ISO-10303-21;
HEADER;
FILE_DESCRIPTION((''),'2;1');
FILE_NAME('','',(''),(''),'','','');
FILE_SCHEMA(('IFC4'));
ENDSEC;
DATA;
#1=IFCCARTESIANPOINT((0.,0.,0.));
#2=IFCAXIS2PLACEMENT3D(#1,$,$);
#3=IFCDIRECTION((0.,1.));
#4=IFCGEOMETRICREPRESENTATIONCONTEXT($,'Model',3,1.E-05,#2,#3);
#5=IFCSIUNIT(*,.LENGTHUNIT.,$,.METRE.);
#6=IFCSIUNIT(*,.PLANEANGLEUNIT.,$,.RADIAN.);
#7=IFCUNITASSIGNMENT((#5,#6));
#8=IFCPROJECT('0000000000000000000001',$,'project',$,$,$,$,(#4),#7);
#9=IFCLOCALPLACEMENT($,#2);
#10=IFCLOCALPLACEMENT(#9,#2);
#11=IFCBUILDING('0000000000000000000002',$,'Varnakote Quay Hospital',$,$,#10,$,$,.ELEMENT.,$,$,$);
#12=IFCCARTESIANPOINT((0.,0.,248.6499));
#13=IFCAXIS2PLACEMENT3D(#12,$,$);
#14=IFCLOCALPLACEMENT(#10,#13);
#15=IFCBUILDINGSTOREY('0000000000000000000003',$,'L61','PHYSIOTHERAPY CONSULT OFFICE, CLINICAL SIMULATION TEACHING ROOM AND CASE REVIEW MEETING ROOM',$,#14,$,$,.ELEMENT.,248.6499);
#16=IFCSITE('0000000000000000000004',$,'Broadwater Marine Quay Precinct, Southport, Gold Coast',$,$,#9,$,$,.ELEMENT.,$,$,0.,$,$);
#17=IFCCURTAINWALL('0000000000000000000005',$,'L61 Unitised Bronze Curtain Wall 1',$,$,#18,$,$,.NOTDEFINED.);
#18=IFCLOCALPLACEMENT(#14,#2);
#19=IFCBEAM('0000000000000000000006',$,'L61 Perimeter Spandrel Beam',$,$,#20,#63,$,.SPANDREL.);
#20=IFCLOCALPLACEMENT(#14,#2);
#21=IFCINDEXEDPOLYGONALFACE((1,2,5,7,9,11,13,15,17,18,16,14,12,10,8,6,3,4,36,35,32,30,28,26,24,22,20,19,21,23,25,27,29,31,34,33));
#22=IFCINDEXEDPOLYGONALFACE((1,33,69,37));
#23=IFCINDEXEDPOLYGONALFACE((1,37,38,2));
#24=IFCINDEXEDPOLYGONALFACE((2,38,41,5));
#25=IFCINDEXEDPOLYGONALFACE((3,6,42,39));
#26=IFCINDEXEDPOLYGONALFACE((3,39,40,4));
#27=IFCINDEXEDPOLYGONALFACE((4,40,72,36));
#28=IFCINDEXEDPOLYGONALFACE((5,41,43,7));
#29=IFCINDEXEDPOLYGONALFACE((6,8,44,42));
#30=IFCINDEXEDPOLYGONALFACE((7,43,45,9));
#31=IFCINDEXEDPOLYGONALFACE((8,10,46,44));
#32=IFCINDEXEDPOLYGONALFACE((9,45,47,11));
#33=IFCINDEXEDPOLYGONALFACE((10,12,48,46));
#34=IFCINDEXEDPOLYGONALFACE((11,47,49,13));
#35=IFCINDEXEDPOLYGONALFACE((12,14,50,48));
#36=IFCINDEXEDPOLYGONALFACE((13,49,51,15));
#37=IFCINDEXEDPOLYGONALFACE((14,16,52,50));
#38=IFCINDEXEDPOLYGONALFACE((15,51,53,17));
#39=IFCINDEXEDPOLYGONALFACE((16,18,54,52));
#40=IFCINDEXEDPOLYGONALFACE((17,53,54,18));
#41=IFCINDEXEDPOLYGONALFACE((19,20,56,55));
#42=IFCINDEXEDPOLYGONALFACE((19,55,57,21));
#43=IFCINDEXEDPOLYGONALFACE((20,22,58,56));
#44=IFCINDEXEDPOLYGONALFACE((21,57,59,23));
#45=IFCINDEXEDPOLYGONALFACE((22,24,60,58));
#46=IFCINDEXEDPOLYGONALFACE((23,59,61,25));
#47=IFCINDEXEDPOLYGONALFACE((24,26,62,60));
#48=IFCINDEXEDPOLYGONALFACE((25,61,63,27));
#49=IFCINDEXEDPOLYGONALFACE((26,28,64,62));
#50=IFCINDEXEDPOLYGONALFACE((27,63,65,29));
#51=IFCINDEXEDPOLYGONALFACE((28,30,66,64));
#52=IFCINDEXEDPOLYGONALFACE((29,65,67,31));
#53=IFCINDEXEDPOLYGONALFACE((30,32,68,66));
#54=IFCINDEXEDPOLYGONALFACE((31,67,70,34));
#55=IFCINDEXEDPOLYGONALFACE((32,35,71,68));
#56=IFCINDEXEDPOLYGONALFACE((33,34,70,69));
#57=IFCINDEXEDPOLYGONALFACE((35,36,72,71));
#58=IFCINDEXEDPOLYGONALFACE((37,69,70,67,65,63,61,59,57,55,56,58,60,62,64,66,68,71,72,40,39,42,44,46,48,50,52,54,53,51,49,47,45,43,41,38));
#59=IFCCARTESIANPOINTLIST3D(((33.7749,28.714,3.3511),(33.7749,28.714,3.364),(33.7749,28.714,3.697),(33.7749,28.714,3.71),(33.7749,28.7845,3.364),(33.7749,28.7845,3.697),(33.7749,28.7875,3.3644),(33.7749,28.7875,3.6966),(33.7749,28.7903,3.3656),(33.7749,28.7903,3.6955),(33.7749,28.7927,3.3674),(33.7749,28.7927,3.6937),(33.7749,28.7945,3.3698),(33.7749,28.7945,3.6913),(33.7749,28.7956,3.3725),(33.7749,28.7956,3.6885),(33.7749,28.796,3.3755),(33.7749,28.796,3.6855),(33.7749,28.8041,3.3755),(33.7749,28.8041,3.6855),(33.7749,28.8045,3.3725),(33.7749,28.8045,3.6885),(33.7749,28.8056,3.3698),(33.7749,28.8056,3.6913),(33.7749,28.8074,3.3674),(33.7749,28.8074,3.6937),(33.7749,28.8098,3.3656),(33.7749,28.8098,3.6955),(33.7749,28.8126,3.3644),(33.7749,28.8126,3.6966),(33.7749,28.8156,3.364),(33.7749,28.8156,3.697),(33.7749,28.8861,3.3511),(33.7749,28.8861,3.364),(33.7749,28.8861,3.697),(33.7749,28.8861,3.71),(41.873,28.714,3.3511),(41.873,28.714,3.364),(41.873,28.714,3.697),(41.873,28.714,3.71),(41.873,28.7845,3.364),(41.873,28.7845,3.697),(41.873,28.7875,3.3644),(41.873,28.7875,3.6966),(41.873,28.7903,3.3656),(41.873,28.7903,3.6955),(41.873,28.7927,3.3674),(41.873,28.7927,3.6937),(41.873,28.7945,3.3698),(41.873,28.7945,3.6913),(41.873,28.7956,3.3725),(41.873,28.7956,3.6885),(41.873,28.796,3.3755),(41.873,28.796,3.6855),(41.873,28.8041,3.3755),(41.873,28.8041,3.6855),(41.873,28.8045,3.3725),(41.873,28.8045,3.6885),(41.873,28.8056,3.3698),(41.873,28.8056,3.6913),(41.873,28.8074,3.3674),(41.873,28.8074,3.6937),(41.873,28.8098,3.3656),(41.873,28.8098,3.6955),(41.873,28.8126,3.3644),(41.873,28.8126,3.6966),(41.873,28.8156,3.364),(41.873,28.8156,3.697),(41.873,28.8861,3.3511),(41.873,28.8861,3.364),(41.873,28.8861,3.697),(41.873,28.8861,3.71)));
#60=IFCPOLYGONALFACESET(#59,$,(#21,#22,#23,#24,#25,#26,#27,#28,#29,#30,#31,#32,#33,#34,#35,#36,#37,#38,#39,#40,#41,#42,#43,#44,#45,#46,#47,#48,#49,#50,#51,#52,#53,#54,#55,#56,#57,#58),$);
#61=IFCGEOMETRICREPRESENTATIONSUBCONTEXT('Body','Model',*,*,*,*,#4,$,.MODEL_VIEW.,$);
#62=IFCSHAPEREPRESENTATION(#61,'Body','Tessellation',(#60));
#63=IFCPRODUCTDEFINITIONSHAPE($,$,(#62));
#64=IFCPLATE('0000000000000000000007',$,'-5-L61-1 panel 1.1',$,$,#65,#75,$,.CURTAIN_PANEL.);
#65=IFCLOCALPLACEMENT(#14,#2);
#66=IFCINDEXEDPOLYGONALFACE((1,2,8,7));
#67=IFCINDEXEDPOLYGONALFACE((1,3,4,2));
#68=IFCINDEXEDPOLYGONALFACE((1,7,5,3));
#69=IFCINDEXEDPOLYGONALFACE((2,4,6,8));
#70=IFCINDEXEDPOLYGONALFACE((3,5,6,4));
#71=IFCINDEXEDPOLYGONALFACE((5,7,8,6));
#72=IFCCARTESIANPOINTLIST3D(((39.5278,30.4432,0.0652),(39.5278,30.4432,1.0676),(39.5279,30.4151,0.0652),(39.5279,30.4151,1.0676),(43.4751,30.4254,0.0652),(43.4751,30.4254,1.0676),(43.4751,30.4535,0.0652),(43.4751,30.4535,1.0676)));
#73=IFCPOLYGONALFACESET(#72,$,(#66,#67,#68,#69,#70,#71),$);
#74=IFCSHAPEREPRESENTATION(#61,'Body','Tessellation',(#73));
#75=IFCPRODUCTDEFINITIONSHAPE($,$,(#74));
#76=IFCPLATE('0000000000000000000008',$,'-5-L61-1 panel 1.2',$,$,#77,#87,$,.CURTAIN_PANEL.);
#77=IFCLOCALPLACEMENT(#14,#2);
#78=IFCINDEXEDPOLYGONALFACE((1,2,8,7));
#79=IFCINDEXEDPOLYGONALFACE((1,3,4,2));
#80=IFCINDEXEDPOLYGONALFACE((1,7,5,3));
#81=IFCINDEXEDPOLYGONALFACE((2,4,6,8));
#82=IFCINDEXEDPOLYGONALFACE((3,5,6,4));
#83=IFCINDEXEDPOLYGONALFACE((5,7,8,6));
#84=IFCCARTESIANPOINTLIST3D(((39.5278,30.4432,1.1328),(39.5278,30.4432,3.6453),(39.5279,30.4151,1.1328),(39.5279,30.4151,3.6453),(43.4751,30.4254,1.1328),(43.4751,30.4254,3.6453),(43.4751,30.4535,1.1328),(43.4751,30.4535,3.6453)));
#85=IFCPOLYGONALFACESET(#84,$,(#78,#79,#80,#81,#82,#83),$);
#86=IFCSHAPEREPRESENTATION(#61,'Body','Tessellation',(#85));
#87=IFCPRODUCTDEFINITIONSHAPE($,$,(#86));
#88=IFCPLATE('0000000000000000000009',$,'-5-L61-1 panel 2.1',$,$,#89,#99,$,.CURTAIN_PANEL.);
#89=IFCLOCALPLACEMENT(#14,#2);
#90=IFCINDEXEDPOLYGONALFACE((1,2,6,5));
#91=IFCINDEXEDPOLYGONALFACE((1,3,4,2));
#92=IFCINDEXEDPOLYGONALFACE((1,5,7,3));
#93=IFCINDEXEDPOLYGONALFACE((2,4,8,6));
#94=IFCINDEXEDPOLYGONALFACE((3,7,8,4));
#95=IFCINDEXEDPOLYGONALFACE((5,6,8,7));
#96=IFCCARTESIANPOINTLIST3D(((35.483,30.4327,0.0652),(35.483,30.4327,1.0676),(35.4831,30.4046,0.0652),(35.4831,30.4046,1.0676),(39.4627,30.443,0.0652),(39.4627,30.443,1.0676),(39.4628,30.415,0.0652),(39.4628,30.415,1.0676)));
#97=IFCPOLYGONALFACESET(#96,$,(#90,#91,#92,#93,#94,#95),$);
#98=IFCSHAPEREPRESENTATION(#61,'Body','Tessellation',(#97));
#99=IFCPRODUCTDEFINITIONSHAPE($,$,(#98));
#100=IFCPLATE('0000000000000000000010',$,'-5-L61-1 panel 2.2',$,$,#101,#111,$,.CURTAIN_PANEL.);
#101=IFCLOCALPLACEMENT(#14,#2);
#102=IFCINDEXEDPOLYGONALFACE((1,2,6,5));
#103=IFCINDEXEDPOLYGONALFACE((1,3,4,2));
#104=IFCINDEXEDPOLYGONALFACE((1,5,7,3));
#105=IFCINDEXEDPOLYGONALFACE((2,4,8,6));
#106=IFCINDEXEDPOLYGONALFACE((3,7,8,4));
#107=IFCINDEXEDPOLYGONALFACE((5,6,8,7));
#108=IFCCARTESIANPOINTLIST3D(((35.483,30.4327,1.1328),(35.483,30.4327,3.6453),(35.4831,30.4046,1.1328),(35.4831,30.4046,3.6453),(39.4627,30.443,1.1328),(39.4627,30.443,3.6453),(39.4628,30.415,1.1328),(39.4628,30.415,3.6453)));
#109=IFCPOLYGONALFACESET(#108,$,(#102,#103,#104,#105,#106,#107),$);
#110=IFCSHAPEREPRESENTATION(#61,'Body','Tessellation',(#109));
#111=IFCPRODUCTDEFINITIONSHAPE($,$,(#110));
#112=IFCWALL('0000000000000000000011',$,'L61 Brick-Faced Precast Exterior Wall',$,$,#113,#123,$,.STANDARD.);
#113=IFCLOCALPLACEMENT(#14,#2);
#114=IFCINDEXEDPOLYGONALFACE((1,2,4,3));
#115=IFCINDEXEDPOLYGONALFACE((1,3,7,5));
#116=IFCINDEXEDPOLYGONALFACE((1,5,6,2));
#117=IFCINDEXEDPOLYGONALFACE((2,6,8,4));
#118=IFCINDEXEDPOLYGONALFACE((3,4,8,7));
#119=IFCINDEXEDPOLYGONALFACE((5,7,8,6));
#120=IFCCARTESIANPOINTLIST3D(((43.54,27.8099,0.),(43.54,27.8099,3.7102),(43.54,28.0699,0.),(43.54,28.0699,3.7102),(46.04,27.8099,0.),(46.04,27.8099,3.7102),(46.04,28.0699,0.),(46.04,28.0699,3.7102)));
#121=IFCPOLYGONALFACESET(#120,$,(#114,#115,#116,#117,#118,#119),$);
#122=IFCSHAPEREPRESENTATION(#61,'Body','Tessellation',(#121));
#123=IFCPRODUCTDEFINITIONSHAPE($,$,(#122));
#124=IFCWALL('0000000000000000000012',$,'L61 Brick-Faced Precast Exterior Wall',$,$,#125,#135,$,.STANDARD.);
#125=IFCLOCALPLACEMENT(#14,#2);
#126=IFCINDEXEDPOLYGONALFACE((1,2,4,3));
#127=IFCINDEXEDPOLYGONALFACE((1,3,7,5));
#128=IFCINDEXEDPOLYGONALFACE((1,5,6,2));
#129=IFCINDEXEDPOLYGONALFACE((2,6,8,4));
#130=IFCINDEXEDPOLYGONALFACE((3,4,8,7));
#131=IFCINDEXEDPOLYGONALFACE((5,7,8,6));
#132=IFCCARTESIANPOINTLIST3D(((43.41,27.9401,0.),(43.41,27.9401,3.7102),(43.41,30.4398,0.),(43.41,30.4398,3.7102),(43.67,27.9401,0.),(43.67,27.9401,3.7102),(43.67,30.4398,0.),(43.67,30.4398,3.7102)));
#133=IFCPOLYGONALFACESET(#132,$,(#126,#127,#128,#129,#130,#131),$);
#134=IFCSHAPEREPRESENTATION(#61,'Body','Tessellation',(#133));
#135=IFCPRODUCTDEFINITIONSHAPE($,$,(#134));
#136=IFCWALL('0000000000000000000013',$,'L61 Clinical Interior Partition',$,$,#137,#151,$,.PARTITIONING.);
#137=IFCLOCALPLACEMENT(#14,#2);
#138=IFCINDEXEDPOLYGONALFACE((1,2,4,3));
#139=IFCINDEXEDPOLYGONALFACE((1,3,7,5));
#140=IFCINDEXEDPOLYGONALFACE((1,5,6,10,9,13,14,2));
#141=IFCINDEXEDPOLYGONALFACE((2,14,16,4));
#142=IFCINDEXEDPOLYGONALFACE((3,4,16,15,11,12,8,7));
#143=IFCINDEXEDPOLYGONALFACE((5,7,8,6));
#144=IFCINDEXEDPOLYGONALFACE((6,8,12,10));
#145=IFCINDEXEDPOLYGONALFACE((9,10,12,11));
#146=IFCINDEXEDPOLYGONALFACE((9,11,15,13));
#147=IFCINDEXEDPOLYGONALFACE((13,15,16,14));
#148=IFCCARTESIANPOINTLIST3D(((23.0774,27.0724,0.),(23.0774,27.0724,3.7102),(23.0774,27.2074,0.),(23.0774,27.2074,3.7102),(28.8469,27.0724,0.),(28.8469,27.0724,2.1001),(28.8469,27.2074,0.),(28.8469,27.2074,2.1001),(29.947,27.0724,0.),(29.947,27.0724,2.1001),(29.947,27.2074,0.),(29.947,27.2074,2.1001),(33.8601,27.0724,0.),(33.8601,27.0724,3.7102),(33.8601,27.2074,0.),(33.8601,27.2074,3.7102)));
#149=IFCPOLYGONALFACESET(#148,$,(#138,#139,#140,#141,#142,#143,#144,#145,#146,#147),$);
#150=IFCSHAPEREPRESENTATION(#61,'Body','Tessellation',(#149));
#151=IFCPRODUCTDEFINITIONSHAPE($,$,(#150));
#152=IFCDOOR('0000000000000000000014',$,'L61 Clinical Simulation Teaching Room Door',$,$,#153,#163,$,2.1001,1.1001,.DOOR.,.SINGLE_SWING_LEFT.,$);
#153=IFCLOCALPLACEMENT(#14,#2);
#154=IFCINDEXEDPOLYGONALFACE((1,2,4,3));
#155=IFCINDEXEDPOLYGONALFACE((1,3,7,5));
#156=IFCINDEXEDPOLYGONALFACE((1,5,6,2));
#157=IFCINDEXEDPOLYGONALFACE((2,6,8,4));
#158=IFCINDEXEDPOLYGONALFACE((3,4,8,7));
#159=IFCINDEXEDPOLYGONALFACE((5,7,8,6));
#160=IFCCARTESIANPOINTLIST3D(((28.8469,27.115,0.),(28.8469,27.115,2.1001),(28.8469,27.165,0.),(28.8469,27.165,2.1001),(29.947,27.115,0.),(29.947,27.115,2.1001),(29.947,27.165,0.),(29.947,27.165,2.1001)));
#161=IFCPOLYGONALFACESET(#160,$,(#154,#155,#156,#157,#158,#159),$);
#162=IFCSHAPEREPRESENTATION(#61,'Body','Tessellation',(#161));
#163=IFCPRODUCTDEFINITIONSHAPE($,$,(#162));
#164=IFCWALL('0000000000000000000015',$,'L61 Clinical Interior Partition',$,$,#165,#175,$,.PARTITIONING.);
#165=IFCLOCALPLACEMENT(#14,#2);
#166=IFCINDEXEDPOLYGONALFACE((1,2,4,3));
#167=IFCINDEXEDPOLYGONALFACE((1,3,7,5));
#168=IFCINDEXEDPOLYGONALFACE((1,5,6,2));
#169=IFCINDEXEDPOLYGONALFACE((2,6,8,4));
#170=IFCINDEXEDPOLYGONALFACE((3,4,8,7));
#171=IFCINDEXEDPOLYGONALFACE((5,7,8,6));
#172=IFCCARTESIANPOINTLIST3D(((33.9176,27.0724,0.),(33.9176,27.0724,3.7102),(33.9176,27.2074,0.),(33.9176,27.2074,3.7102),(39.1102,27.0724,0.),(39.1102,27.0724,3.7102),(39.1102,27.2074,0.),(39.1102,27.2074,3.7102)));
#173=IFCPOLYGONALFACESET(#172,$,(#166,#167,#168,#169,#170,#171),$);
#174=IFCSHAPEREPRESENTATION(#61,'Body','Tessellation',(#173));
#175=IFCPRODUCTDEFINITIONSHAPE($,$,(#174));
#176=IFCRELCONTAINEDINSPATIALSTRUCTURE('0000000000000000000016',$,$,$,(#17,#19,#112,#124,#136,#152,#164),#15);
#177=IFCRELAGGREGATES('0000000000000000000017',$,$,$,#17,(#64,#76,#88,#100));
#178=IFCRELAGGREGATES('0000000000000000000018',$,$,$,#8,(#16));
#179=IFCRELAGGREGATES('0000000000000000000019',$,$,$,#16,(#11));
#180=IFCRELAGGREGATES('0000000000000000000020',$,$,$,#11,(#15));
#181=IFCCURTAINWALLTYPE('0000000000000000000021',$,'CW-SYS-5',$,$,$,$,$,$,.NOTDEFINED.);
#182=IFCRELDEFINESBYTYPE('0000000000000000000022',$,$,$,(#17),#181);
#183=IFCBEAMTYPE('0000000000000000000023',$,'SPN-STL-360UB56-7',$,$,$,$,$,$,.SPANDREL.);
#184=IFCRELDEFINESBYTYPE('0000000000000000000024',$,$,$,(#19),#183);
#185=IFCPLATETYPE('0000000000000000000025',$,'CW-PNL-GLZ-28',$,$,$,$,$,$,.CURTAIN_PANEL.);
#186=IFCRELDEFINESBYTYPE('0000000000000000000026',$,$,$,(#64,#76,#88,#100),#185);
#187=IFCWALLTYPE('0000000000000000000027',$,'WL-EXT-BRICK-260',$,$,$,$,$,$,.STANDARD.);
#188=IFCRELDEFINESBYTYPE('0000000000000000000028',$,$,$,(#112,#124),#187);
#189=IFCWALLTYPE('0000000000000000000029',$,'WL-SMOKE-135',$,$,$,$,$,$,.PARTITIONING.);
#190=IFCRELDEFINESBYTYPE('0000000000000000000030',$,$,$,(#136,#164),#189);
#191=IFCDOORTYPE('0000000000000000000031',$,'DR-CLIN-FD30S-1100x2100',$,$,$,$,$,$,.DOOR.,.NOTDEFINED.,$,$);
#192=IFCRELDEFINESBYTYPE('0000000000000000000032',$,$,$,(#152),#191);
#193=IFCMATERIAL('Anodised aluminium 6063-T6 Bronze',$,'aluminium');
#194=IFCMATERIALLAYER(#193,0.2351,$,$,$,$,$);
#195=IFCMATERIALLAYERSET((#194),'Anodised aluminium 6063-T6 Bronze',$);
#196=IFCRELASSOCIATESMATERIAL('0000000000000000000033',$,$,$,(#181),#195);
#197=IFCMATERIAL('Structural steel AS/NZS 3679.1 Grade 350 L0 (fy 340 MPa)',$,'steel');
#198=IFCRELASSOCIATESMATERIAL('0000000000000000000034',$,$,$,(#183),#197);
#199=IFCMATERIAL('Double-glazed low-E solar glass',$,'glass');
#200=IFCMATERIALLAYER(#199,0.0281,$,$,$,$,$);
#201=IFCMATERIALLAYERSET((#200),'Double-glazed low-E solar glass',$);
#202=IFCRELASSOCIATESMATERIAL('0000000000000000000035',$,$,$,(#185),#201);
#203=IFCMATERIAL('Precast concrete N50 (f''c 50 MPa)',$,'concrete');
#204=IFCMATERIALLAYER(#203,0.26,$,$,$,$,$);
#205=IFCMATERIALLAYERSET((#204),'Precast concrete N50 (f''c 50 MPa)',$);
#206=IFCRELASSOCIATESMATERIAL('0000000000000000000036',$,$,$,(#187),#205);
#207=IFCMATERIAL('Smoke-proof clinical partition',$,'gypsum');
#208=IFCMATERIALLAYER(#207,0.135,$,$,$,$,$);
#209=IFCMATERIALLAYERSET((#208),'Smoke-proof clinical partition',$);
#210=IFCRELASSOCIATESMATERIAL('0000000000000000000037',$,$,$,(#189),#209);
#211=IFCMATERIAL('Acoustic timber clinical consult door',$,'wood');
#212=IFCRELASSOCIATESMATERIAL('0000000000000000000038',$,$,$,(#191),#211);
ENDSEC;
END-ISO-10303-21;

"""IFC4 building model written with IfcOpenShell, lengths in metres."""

from ifc_helpers import new_model, si_unit, direction, frame, frame_2d, origin, origin_2d, place, context, subcontext, project, spatial, rectangle, i_section, extrude, material, layer, layer_set, material_profile, profile_set, type_object, element, fill, aggregate, save


model = new_model("IFC4")

# Units and contexts
model_context = context("Model", 3, precision=1e-05, world=origin(), true_north=direction((0.0, 1.0)))
body_context = subcontext(model_context, "Body", "Model", "MODEL_VIEW")
ifc_project = project(units=[si_unit("LENGTHUNIT", "METRE"), si_unit("PLANEANGLEUNIT", "RADIAN")], contexts=[model_context])

# Site, building, storey
site_placement = place(None, origin())
site = spatial("IfcSite", under=ifc_project, at=site_placement, Name="Broadwater Marine Quay Precinct, Southport, Gold Coast", CompositionType="ELEMENT", RefElevation=0.0)
building_placement = place(site_placement, origin())
building = spatial("IfcBuilding", under=site, at=building_placement, Name="Varnakote Quay Hospital", CompositionType="ELEMENT")
storey_placement = place(building_placement, frame((0.0, 0.0, 248.6499)))
storey = spatial("IfcBuildingStorey", under=building, at=storey_placement, Name="L61", Description="PHYSIOTHERAPY CONSULT OFFICE, CLINICAL SIMULATION TEACHING ROOM AND CASE REVIEW MEETING ROOM", CompositionType="ELEMENT", Elevation=248.6499)

# Curtain wall
ifc_material_1 = material(Name="Anodised aluminium 6063-T6 Bronze", Category="aluminium")
ifc_layer_1 = layer(ifc_material_1, 0.2351)
ifc_layer_set_1 = layer_set([ifc_layer_1], Name="Anodised aluminium 6063-T6 Bronze")
curtain_wall_type = type_object("IfcCurtainWallType", Name="CW-SYS-5", PredefinedType="NOTDEFINED", material=ifc_layer_set_1)
curtain_wall_placement = place(storey_placement, origin())
curtain_wall = element("IfcCurtainWall", 1, at=curtain_wall_placement, inside=storey, type_object=curtain_wall_type, Name="L61 Unitised Bronze Curtain Wall 1", PredefinedType="NOTDEFINED")

# Beam
ifc_material_2 = material(Name="Structural steel AS/NZS 3679.1 Grade 350 L0 (fy 340 MPa)", Category="steel")
ifc_material_profile_1 = material_profile(ifc_material_2, i_section(OverallWidth=0.1721, OverallDepth=0.3589, WebThickness=0.0081, FlangeThickness=0.0129, FilletRadius=0.0115, at=origin_2d()), Name="360UB56.7")
ifc_profile_set_1 = profile_set([ifc_material_profile_1], Name="Structural steel AS/NZS 3679.1 Grade 350 L0 (fy 340 MPa)")
beam_type_1 = type_object("IfcBeamType", Name="SPN-STL-360UB56-7", PredefinedType="SPANDREL", material=ifc_profile_set_1)
beam_1_placement = place(storey_placement, frame((33.7749, 28.8, 3.5305), z_axis=(1.0, 0.0, 0.0), x_axis=(0.0, 1.0, 0.0)))
element("IfcBeam", 2, at=beam_1_placement, inside=storey, type_object=beam_type_1, Name="L61 Perimeter Spandrel Beam", PredefinedType="SPANDREL", context=body_context, shape_type="SweptSolid", body=[
    extrude(i_section(OverallWidth=0.1721, OverallDepth=0.3589, WebThickness=0.0081, FlangeThickness=0.0129, FilletRadius=0.0115, at=origin_2d()), origin(), (0.0, 0.0, 1.0), 8.0981),
])

# Plates
ifc_material_3 = material(Name="Double-glazed low-E solar glass", Category="glass")
ifc_layer_2 = layer(ifc_material_3, 0.0281)
ifc_layer_set_2 = layer_set([ifc_layer_2], Name="Double-glazed low-E solar glass")
plate_type = type_object("IfcPlateType", Name="CW-PNL-GLZ-28", PredefinedType="CURTAIN_PANEL", material=ifc_layer_set_2)
plate_1_placement = place(storey_placement, frame((41.5015, 30.4343, 0.0652), z_axis=(0.0, 0.0, 1.0), x_axis=(-0.999997, -0.002604, 0.0)))
plate_1 = element("IfcPlate", 3, at=plate_1_placement, type_object=plate_type, Name="-5-L61-1 panel 1.1", PredefinedType="CURTAIN_PANEL", context=body_context, shape_type="SweptSolid", body=[
    extrude(rectangle(XDim=3.9473, YDim=0.0281, at=origin_2d()), origin(), (0.0, 0.0, 1.0), 1.0024),
])
plate_2_placement = place(storey_placement, frame((41.5015, 30.4343, 1.1328), z_axis=(0.0, 0.0, 1.0), x_axis=(-0.999997, -0.002604, 0.0)))
plate_2 = element("IfcPlate", 4, at=plate_2_placement, type_object=plate_type, Name="-5-L61-1 panel 1.2", PredefinedType="CURTAIN_PANEL", context=body_context, shape_type="SweptSolid", body=[
    extrude(rectangle(XDim=3.9473, YDim=0.0281, at=origin_2d()), origin(), (0.0, 0.0, 1.0), 2.5125),
])
plate_3_placement = place(storey_placement, frame((37.4729, 30.4238, 0.0652), z_axis=(0.0, 0.0, 1.0), x_axis=(-0.999997, -0.002604, 0.0)))
plate_3 = element("IfcPlate", 5, at=plate_3_placement, type_object=plate_type, Name="-5-L61-1 panel 2.1", PredefinedType="CURTAIN_PANEL", context=body_context, shape_type="SweptSolid", body=[
    extrude(rectangle(XDim=3.9797, YDim=0.0281, at=origin_2d()), origin(), (0.0, 0.0, 1.0), 1.0024),
])
plate_4_placement = place(storey_placement, frame((37.4729, 30.4238, 1.1328), z_axis=(0.0, 0.0, 1.0), x_axis=(-0.999997, -0.002604, 0.0)))
plate_4 = element("IfcPlate", 6, at=plate_4_placement, type_object=plate_type, Name="-5-L61-1 panel 2.2", PredefinedType="CURTAIN_PANEL", context=body_context, shape_type="SweptSolid", body=[
    extrude(rectangle(XDim=3.9797, YDim=0.0281, at=origin_2d()), origin(), (0.0, 0.0, 1.0), 2.5125),
])
aggregate(curtain_wall, [plate_1, plate_2, plate_3, plate_4])

# Walls
ifc_material_4 = material(Name="Precast concrete N50 (f'c 50 MPa)", Category="concrete")
ifc_layer_3 = layer(ifc_material_4, 0.26)
ifc_layer_set_3 = layer_set([ifc_layer_3], Name="Precast concrete N50 (f'c 50 MPa)")
wall_type_1 = type_object("IfcWallType", Name="WL-EXT-BRICK-260", PredefinedType="STANDARD", material=ifc_layer_set_3)
wall_1_placement = place(storey_placement, frame((46.04, 27.9399, 0.0), z_axis=(0.0, 0.0, 1.0), x_axis=(-1.0, 0.0, 0.0)))
element("IfcWall", 7, at=wall_1_placement, inside=storey, type_object=wall_type_1, Name="L61 Brick-Faced Precast Exterior Wall", PredefinedType="STANDARD", context=body_context, shape_type="SweptSolid", body=[
    extrude(rectangle(XDim=2.5, YDim=0.26, at=frame_2d((1.25, 0.0))), origin(), (0.0, 0.0, 1.0), 3.7102),
])
wall_2_placement = place(storey_placement, frame((43.54, 27.9399, 0.0), z_axis=(0.0, 0.0, 1.0), x_axis=(0.0, 1.0, 0.0)))
element("IfcWall", 8, at=wall_2_placement, inside=storey, type_object=wall_type_1, Name="L61 Brick-Faced Precast Exterior Wall", PredefinedType="STANDARD", context=body_context, shape_type="SweptSolid", body=[
    extrude(rectangle(XDim=2.4998, YDim=0.26, at=frame_2d((1.25, 0.0))), origin(), (0.0, 0.0, 1.0), 3.7102),
])

# Wall, opening, door
ifc_material_5 = material(Name="Smoke-proof clinical partition", Category="gypsum")
ifc_layer_4 = layer(ifc_material_5, 0.135)
ifc_layer_set_4 = layer_set([ifc_layer_4], Name="Smoke-proof clinical partition")
wall_type_2 = type_object("IfcWallType", Name="WL-SMOKE-135", PredefinedType="PARTITIONING", material=ifc_layer_set_4)
wall_3_placement = place(storey_placement, frame((33.8601, 27.1399, 0.0), z_axis=(0.0, 0.0, 1.0), x_axis=(-1.0, 0.0, 0.0)))
wall_3 = element("IfcWall", 9, at=wall_3_placement, inside=storey, type_object=wall_type_2, Name="L61 Clinical Interior Partition", PredefinedType="PARTITIONING", context=body_context, shape_type="SweptSolid", body=[
    extrude(rectangle(XDim=10.7827, YDim=0.135, at=frame_2d((5.3914, 0.0))), origin(), (0.0, 0.0, 1.0), 3.7102),
])
opening_1_placement = place(wall_3_placement, frame((3.9131, 0.0, 0.0)))
opening_1 = element("IfcOpeningElement", 10, at=opening_1_placement, cuts=wall_3, PredefinedType="OPENING", context=body_context, shape_type="SweptSolid", body=[
    extrude(rectangle(XDim=1.1001, YDim=2.1001, at=frame_2d((0.55, 1.05))), frame((0.0, 0.0774, 0.0), z_axis=(0.0, -1.0, 0.0), x_axis=(1.0, 0.0, 0.0)), (0.0, 0.0, 1.0), 0.155),
])
ifc_material_6 = material(Name="Acoustic timber clinical consult door", Category="wood")
door_type = type_object("IfcDoorType", Name="DR-CLIN-FD30S-1100x2100", OperationType="NOTDEFINED", PredefinedType="DOOR", material=ifc_material_6)
door_1_placement = place(opening_1_placement, origin())
door_1 = element("IfcDoor", 11, at=door_1_placement, inside=storey, type_object=door_type, Name="L61 Clinical Simulation Teaching Room Door", OperationType="SINGLE_SWING_LEFT", OverallHeight=2.1001, OverallWidth=1.1001, PredefinedType="DOOR", context=body_context, shape_type="SweptSolid", body=[
    extrude(rectangle(XDim=1.1001, YDim=2.1001, at=frame_2d((0.55, 1.05))), frame((0.0, 0.0249, 0.0), z_axis=(0.0, -1.0, 0.0), x_axis=(1.0, 0.0, 0.0)), (0.0, 0.0, 1.0), 0.05),
])
fill(opening_1, door_1)

# Wall
wall_4_placement = place(storey_placement, frame((39.1101, 27.1399, 0.0), z_axis=(0.0, 0.0, 1.0), x_axis=(-1.0, 0.0, 0.0)))
element("IfcWall", 12, at=wall_4_placement, inside=storey, type_object=wall_type_2, Name="L61 Clinical Interior Partition", PredefinedType="PARTITIONING", context=body_context, shape_type="SweptSolid", body=[
    extrude(rectangle(XDim=5.1926, YDim=0.135, at=frame_2d((2.5962, 0.0))), origin(), (0.0, 0.0, 1.0), 3.7102),
])

save(model, "model.ifc")
